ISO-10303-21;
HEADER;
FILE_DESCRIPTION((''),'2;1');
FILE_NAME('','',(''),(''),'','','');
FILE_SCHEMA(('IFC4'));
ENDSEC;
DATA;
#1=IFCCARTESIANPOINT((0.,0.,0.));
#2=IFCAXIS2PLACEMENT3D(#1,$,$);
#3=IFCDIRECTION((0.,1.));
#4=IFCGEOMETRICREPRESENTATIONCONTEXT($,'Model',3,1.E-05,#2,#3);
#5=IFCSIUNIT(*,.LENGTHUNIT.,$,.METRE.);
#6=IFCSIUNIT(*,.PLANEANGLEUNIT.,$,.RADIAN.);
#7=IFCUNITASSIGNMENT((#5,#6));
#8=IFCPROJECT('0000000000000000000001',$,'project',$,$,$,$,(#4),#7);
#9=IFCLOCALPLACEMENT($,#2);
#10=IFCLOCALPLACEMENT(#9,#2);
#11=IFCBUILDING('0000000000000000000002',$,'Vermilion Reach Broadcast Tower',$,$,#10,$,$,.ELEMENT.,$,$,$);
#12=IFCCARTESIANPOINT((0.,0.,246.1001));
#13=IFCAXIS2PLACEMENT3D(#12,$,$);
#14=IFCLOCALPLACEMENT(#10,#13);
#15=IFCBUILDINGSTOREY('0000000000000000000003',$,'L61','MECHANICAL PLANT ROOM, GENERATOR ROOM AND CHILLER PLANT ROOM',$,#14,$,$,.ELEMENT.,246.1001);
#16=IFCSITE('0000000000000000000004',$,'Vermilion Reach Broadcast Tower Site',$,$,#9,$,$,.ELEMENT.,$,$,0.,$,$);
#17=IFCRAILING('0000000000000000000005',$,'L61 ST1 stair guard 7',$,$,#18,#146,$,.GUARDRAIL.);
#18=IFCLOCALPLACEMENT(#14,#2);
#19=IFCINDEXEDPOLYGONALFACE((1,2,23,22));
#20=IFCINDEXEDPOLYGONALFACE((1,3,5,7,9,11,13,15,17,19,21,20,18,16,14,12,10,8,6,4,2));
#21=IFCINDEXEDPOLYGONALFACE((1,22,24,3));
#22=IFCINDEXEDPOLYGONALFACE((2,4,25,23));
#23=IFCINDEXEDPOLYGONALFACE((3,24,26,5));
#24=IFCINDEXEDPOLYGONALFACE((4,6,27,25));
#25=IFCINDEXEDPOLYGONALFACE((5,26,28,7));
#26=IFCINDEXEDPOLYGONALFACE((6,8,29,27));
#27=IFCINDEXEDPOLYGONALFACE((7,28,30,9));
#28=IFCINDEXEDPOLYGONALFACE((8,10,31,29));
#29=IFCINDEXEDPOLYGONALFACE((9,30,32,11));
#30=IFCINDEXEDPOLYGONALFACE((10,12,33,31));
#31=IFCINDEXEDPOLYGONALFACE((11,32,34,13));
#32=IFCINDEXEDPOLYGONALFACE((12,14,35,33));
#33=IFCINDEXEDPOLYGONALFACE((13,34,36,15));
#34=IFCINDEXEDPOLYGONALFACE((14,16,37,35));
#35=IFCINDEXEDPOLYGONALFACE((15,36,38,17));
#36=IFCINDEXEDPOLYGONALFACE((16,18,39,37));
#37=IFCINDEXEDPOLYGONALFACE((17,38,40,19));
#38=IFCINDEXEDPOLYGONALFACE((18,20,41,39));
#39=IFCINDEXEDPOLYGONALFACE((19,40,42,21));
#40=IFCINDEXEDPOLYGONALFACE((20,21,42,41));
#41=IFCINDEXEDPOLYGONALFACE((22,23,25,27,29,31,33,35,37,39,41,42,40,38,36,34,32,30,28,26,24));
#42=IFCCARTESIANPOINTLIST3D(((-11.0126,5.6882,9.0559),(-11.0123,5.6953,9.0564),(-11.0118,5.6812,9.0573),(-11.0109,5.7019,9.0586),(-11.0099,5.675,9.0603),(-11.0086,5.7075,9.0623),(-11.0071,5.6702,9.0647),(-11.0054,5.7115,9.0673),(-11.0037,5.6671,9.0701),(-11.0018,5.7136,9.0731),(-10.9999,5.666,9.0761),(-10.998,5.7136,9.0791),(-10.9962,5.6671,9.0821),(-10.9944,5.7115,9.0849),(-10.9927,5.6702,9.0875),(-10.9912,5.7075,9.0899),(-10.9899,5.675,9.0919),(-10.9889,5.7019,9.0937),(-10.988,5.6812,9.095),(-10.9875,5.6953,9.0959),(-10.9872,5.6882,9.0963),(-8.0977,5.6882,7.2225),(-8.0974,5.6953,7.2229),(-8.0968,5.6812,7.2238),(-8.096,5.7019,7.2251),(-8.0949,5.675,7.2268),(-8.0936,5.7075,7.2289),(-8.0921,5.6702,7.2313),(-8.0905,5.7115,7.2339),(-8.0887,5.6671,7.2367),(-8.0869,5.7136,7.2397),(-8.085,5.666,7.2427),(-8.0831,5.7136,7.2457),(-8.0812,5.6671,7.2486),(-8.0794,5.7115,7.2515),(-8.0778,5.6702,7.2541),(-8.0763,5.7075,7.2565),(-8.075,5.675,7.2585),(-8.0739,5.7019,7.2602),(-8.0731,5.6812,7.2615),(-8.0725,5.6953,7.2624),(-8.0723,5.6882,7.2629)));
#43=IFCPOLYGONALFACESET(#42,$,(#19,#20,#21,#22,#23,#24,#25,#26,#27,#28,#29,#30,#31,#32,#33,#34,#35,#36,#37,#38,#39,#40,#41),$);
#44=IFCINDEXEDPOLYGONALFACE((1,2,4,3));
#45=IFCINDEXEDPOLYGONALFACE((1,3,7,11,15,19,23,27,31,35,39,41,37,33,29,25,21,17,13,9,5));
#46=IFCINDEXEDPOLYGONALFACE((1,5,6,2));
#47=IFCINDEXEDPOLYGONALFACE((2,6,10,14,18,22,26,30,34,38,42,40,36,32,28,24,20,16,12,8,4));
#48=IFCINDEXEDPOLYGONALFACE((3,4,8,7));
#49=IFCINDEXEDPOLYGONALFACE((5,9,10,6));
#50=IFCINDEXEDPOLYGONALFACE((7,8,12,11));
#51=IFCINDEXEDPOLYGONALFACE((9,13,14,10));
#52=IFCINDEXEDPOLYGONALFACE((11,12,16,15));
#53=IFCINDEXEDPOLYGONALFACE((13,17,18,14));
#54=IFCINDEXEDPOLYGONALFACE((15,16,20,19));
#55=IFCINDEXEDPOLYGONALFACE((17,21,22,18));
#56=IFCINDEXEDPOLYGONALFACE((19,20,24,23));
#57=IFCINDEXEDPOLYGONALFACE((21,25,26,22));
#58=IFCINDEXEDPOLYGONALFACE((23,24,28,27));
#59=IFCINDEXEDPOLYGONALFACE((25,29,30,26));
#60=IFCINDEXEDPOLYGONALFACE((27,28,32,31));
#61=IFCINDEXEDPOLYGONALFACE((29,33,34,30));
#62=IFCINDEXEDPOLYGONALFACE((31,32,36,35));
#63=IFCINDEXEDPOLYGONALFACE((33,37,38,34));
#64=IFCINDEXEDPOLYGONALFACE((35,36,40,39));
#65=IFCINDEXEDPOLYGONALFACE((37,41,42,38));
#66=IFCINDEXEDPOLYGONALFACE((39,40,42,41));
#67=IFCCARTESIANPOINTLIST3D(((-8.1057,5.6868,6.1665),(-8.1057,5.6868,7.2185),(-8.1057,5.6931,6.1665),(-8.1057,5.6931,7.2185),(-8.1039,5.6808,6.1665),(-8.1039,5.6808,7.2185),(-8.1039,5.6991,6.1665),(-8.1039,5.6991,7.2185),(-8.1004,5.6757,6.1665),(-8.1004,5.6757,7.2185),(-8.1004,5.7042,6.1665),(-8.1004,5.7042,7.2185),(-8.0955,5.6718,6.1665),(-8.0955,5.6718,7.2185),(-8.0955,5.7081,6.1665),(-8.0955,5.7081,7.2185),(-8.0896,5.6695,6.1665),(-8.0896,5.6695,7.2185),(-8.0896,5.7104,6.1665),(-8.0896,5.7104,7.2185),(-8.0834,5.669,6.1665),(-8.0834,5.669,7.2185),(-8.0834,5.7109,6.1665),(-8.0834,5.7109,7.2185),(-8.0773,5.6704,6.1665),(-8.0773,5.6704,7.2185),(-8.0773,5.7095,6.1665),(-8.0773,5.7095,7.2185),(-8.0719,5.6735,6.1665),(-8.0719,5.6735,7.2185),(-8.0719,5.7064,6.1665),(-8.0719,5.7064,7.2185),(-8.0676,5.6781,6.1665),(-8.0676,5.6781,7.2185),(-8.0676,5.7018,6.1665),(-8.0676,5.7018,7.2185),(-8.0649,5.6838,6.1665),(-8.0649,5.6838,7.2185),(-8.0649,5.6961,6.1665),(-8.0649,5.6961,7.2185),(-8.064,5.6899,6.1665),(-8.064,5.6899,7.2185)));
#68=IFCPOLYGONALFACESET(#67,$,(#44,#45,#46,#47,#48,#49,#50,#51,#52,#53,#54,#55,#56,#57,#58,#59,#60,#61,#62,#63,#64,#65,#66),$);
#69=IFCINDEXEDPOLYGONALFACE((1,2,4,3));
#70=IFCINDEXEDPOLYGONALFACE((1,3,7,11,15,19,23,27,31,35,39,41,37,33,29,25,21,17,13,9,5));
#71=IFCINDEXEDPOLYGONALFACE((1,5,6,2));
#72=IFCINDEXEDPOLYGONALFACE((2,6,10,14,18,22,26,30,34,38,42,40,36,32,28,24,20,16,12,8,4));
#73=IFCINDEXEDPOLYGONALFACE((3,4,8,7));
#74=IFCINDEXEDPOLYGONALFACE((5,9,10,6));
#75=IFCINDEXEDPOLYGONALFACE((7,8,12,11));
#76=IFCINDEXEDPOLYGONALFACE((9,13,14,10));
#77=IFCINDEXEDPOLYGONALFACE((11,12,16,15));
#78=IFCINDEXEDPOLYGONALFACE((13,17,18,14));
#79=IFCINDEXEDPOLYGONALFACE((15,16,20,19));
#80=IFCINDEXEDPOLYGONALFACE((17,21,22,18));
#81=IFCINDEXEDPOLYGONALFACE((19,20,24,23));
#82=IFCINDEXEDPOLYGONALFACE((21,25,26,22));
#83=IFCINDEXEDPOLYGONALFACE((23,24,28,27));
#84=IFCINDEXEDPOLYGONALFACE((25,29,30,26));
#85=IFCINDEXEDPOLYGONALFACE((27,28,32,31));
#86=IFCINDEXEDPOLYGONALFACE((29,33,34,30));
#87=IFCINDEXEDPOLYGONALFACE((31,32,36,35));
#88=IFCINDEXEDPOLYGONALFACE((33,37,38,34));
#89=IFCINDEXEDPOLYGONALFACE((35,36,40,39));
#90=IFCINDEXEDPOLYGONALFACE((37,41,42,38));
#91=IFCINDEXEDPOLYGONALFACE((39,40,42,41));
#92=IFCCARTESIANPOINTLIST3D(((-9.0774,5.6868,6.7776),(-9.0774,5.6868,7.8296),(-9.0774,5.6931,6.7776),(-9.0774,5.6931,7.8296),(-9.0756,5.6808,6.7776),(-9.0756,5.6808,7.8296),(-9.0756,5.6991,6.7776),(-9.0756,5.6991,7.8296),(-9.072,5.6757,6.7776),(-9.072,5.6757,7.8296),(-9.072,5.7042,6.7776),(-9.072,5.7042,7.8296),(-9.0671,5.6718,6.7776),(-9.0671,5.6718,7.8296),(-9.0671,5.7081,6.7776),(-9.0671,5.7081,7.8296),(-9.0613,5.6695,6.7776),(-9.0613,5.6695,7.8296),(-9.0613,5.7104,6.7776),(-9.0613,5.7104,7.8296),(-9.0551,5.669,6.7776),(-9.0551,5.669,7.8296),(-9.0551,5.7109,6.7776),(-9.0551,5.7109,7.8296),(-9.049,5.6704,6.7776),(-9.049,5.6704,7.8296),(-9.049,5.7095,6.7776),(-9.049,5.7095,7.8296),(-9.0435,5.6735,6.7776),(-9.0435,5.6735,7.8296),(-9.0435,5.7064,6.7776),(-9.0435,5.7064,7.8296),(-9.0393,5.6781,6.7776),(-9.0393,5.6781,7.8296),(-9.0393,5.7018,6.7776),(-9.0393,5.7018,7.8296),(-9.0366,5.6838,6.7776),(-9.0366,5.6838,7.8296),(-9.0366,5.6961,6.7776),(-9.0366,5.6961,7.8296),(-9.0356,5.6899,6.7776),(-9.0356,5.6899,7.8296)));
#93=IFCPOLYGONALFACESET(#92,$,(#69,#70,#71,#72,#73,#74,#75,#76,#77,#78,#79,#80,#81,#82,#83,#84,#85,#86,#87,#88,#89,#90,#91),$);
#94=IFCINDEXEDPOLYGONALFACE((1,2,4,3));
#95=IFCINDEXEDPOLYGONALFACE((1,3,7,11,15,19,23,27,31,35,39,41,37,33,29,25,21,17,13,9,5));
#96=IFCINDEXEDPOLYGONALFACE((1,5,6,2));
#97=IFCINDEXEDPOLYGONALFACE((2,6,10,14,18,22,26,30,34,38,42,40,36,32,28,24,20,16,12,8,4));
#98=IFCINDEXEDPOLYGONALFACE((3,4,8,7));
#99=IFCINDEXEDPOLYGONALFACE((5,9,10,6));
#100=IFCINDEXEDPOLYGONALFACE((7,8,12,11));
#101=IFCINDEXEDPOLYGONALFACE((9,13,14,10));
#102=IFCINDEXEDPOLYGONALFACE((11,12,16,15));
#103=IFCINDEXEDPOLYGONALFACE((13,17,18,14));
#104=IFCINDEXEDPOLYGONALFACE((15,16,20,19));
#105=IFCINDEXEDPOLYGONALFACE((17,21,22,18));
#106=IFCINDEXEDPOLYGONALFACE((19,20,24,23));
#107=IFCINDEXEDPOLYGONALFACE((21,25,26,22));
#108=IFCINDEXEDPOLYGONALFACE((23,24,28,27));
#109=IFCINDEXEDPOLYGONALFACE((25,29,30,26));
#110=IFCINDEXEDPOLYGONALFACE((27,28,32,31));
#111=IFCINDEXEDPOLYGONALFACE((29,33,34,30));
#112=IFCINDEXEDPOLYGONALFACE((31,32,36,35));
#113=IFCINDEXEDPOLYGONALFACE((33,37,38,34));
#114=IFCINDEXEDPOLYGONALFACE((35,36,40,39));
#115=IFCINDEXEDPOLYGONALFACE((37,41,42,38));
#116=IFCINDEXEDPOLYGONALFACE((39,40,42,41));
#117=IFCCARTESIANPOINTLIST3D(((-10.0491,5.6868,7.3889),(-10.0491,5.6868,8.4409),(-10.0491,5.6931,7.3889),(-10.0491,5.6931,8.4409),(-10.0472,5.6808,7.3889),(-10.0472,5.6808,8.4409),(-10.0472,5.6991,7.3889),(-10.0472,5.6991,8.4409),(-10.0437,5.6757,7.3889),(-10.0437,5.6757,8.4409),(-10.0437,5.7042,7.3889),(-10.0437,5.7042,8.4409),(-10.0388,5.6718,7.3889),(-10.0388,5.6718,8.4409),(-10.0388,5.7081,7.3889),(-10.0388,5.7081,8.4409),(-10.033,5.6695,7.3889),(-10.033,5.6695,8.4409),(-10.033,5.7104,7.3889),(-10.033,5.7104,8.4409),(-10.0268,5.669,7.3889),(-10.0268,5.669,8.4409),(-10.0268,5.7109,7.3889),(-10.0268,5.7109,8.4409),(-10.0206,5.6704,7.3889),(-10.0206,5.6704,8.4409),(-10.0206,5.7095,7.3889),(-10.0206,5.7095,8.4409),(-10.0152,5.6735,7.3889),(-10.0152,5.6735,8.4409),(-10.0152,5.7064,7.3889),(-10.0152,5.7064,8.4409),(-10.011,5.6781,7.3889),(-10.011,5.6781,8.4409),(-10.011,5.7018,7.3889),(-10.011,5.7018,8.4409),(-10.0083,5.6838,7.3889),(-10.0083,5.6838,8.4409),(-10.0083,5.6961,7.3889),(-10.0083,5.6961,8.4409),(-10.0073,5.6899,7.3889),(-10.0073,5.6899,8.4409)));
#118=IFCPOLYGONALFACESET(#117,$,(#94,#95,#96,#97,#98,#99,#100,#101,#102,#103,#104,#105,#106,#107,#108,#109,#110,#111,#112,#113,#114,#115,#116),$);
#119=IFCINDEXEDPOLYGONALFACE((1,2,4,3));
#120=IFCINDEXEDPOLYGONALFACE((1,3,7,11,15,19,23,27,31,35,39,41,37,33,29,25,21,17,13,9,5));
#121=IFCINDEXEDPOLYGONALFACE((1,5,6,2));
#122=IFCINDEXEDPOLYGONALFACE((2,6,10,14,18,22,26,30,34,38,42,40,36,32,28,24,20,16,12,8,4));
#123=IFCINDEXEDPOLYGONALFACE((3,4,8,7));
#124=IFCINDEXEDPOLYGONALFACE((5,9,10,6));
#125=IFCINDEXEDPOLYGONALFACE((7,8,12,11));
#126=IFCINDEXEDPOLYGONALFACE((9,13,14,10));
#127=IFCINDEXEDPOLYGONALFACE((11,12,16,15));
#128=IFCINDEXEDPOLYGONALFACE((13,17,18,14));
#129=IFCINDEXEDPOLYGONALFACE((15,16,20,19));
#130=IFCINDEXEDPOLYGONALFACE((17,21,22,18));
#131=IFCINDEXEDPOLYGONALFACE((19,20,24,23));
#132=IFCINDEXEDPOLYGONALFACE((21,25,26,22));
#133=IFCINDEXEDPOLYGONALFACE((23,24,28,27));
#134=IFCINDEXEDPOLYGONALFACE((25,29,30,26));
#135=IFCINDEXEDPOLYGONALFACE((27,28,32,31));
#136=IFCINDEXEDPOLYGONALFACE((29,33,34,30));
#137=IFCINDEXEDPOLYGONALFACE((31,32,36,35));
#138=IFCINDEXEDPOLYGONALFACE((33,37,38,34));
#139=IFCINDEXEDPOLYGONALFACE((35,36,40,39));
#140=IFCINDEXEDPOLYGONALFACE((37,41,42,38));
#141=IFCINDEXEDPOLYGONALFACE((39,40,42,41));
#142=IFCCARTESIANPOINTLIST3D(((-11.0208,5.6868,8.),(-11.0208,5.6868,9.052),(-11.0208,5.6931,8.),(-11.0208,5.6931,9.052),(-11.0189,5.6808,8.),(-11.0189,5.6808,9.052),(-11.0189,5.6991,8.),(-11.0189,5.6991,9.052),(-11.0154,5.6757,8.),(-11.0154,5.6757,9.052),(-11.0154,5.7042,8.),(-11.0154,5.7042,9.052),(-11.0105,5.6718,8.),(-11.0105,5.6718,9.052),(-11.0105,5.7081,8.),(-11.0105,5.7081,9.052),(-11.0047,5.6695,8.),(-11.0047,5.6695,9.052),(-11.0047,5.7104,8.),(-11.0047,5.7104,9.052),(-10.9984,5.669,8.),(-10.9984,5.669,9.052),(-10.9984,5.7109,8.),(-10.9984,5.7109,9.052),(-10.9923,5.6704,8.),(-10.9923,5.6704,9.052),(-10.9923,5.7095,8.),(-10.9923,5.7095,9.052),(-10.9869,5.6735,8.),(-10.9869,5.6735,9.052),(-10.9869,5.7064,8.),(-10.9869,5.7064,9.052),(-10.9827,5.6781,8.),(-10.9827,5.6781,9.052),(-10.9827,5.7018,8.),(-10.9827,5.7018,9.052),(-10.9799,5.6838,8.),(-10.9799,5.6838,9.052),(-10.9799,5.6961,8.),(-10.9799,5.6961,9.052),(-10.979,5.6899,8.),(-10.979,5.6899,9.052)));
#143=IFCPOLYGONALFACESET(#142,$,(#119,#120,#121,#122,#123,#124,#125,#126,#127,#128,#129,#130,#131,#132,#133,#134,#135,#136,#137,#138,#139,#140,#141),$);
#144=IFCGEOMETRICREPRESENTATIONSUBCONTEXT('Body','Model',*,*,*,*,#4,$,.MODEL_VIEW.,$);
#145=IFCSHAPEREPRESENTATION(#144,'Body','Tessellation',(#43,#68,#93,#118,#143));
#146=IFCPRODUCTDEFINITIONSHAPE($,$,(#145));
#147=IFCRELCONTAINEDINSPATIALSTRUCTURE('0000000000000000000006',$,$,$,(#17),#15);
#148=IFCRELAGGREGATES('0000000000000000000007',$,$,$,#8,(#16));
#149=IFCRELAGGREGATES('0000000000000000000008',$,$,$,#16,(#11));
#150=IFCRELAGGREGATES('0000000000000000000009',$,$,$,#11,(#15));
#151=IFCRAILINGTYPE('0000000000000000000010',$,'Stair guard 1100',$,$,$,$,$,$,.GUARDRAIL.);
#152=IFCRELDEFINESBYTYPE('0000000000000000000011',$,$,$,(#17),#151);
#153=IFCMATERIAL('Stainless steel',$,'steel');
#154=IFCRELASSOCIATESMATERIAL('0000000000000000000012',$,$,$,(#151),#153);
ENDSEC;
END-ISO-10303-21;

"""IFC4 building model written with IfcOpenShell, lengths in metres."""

from ifc_helpers import new_model, si_unit, direction, frame, origin, origin_2d, place, context, subcontext, project, spatial, circle, extrude, material, type_object, element, save


model = new_model("IFC4")

# Units and contexts
model_context = context("Model", 3, precision=1e-05, world=origin(), true_north=direction((0.0, 1.0)))
body_context = subcontext(model_context, "Body", "Model", "MODEL_VIEW")
ifc_project = project(units=[si_unit("LENGTHUNIT", "METRE"), si_unit("PLANEANGLEUNIT", "RADIAN")], contexts=[model_context])

# Site, building, storey
site_placement = place(None, origin())
site = spatial("IfcSite", under=ifc_project, at=site_placement, Name="Vermilion Reach Broadcast Tower Site", CompositionType="ELEMENT", RefElevation=0.0)
building_placement = place(site_placement, origin())
building = spatial("IfcBuilding", under=site, at=building_placement, Name="Vermilion Reach Broadcast Tower", CompositionType="ELEMENT")
storey_placement = place(building_placement, frame((0.0, 0.0, 246.1001)))
storey = spatial("IfcBuildingStorey", under=building, at=storey_placement, Name="L61", Description="MECHANICAL PLANT ROOM, GENERATOR ROOM AND CHILLER PLANT ROOM", CompositionType="ELEMENT", Elevation=246.1001)

# Railing
ifc_material_1 = material(Name="Stainless steel", Category="steel")
railing_type_1 = type_object("IfcRailingType", Name="Stair guard 1100", PredefinedType="GUARDRAIL", material=ifc_material_1)
railing_1_placement = place(storey_placement, frame((-8.085, 5.6899, 6.1665)))
element("IfcRailing", 1, at=railing_1_placement, inside=storey, type_object=railing_type_1, Name="L61 ST1 stair guard 7", PredefinedType="GUARDRAIL", context=body_context, shape_type="SweptSolid", body=[
    extrude(circle(Radius=0.0239, at=origin_2d()), frame((0.0, 0.0, 1.0762), z_axis=(-0.846481, 0.0, 0.532418), x_axis=(0.0, -1.0, 0.0)), (0.0, 0.0, 1.0), 3.4436),
    extrude(circle(Radius=0.021, at=origin_2d()), origin(), (0.0, 0.0, 1.0), 1.052),
    extrude(circle(Radius=0.021, at=origin_2d()), frame((-0.9717, 0.0, 0.6111)), (0.0, 0.0, 1.0), 1.052),
    extrude(circle(Radius=0.021, at=origin_2d()), frame((-1.9434, 0.0, 1.2224)), (0.0, 0.0, 1.0), 1.052),
    extrude(circle(Radius=0.021, at=origin_2d()), frame((-2.915, 0.0, 1.8335)), (0.0, 0.0, 1.0), 1.052),
])

save(model, "model.ifc")
